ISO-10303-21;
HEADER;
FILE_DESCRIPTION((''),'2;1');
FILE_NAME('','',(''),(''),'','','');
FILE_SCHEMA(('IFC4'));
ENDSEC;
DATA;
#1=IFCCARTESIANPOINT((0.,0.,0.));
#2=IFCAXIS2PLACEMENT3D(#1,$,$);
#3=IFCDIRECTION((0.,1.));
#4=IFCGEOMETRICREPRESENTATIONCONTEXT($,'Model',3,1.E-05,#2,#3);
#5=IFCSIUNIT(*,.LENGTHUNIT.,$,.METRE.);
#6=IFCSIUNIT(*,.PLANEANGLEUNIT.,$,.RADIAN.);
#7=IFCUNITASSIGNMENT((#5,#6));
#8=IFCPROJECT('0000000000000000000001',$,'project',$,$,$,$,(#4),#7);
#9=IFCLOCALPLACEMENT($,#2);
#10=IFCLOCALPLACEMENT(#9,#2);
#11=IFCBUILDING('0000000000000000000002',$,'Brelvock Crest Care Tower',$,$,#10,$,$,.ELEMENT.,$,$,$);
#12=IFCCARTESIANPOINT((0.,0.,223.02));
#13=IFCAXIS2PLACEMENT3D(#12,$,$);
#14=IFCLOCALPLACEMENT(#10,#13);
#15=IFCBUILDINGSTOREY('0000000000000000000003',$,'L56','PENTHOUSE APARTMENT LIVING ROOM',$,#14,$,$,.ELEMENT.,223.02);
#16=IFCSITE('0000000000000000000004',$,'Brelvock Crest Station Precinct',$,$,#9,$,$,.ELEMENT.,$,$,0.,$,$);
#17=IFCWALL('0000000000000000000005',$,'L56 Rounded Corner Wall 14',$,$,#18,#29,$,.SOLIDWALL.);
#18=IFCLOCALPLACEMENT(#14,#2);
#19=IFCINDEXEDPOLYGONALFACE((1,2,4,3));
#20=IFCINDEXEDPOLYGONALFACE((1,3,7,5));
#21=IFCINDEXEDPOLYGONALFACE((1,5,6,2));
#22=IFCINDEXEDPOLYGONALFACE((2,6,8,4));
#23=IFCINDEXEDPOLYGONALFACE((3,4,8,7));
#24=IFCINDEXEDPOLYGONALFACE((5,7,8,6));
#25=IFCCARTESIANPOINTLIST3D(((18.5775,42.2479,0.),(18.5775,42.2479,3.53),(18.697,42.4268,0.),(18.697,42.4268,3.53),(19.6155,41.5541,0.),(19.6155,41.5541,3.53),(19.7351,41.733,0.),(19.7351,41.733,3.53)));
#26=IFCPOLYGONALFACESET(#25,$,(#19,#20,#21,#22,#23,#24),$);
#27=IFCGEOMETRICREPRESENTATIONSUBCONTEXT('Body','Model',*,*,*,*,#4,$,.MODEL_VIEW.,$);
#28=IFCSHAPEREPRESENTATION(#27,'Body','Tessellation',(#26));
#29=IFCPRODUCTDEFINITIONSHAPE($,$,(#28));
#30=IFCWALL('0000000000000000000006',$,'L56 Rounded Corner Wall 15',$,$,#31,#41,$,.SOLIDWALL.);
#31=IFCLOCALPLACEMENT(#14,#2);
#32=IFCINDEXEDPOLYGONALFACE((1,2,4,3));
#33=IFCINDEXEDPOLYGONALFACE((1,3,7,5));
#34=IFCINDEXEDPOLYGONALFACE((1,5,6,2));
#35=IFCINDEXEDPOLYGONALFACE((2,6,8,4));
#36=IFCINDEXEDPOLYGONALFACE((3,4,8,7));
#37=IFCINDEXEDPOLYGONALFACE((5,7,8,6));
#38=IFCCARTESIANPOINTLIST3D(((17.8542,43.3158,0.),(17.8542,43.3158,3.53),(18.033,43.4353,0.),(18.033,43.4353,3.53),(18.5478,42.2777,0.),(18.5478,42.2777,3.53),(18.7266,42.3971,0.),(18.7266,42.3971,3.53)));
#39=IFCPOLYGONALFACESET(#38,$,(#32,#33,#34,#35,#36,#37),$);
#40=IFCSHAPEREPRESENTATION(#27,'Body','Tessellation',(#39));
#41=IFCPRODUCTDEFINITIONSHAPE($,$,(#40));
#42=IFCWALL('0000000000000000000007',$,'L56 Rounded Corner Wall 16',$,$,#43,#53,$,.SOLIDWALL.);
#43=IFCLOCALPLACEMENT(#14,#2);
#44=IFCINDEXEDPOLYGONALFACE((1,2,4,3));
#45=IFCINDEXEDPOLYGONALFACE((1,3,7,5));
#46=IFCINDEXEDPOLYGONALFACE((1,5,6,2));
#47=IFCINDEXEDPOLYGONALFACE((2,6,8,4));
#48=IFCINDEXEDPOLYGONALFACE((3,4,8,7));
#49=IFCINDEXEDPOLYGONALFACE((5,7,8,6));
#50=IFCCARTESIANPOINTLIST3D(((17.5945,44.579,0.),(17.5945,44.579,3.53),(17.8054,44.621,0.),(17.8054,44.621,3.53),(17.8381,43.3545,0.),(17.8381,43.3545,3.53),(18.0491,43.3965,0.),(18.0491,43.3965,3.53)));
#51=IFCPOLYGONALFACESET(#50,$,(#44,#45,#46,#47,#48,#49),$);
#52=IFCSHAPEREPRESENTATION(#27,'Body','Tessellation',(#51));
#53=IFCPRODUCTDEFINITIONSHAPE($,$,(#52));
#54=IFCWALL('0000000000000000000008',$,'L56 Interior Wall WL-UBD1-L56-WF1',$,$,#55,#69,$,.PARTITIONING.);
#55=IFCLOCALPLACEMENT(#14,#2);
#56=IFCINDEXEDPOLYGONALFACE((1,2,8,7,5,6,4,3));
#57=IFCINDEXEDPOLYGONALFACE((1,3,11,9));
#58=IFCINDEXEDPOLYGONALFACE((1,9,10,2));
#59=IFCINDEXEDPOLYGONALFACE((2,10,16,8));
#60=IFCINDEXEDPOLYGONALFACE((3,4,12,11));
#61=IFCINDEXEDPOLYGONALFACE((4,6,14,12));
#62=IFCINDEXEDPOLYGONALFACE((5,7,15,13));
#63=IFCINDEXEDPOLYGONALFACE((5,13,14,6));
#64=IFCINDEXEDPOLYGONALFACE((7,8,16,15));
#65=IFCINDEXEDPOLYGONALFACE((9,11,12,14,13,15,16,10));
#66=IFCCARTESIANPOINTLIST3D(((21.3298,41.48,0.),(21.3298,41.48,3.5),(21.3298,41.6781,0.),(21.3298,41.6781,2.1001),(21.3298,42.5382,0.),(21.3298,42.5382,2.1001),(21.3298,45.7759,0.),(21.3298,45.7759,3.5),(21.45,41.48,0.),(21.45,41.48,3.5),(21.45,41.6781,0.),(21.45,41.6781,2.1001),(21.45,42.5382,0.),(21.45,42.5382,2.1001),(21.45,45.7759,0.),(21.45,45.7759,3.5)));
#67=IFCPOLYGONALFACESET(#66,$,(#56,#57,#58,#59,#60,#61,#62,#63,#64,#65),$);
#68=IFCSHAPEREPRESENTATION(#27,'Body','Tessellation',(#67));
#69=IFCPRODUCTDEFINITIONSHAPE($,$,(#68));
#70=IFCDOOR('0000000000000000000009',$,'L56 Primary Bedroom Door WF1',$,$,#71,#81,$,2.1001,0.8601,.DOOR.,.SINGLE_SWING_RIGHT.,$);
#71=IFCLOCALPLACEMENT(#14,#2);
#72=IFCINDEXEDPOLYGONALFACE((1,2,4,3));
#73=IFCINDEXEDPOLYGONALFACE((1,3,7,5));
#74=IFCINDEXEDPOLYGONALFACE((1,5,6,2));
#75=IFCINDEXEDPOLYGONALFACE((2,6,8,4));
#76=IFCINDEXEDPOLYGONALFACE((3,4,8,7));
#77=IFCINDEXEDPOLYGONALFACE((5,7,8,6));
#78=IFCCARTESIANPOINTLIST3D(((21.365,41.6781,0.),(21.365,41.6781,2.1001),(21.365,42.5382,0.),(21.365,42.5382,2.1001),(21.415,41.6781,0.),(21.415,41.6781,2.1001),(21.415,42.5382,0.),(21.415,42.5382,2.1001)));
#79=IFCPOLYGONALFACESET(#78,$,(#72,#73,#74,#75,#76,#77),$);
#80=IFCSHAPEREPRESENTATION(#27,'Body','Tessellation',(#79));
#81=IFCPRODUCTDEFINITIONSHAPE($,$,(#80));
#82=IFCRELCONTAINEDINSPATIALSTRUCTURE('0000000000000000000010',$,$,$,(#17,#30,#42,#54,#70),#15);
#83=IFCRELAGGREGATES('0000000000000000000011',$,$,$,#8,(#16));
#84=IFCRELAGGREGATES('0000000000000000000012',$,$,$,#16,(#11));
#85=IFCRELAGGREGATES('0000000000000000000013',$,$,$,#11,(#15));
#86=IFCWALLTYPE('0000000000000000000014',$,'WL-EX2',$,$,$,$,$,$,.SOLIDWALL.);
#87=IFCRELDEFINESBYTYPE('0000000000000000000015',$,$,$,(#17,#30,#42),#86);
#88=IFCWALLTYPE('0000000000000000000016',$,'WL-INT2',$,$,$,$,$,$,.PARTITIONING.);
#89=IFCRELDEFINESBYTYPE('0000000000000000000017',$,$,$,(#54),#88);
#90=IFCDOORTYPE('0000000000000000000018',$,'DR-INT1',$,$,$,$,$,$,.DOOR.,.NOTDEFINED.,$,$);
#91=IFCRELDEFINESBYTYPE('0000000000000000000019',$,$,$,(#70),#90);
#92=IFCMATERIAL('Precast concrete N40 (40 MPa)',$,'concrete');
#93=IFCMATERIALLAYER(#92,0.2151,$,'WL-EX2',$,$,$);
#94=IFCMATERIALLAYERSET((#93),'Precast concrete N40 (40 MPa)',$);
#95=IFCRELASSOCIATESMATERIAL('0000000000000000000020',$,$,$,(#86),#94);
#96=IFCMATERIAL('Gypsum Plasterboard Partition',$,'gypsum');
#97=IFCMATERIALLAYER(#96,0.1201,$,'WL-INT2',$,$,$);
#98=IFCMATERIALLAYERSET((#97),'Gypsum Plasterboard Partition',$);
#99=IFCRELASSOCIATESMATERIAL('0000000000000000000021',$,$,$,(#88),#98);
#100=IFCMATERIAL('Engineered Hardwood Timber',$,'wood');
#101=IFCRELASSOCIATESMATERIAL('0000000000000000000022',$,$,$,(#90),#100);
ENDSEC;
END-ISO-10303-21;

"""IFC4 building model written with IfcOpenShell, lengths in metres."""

from ifc_helpers import new_model, si_unit, direction, frame, frame_2d, origin, origin_2d, place, context, subcontext, project, spatial, rectangle, extrude, source, transform, mapped, material, layer, layer_set, type_object, element, fill, save


model = new_model("IFC4")

# Units and contexts
model_context = context("Model", 3, precision=1e-05, world=origin(), true_north=direction((0.0, 1.0)))
body_context = subcontext(model_context, "Body", "Model", "MODEL_VIEW")
ifc_project = project(units=[si_unit("LENGTHUNIT", "METRE"), si_unit("PLANEANGLEUNIT", "RADIAN")], contexts=[model_context])

# Site, building, storey
site_placement = place(None, origin())
site = spatial("IfcSite", under=ifc_project, at=site_placement, Name="Brelvock Crest Station Precinct", CompositionType="ELEMENT", RefElevation=0.0)
building_placement = place(site_placement, origin())
building = spatial("IfcBuilding", under=site, at=building_placement, Name="Brelvock Crest Care Tower", CompositionType="ELEMENT")
storey_placement = place(building_placement, frame((0.0, 0.0, 223.02)))
storey = spatial("IfcBuildingStorey", under=building, at=storey_placement, Name="L56", Description="PENTHOUSE APARTMENT LIVING ROOM", CompositionType="ELEMENT", Elevation=223.02)

# Walls
ifc_material_1 = material(Name="Precast concrete N40 (40 MPa)", Category="concrete")
ifc_layer_1 = layer(ifc_material_1, 0.2151, Name="WL-EX2")
ifc_layer_set_1 = layer_set([ifc_layer_1], Name="Precast concrete N40 (40 MPa)")
wall_type_1 = type_object("IfcWallType", Name="WL-EX2", PredefinedType="SOLIDWALL", material=ifc_layer_set_1)
for number, where, z_axis, x_axis, name in (
    (1, (19.6753, 41.6436, 0.0), (0.0, 0.0, 1.0), (-0.831388, 0.555692, 0.0), "L56 Rounded Corner Wall 14"),
    (2, (18.6372, 42.3374, 0.0), (0.0, 0.0, 1.0), (-0.555557, 0.831478, 0.0), "L56 Rounded Corner Wall 15"),
    (3, (17.9436, 43.3755, 0.0), (0.0, 0.0, 1.0), (-0.195138, 0.980776, 0.0), "L56 Rounded Corner Wall 16"),
):
    element("IfcWall", number, at=place(storey_placement, frame(where, z_axis=z_axis, x_axis=x_axis)), inside=storey, type_object=wall_type_1, Name=name, PredefinedType="SOLIDWALL", context=body_context, shape_type="SweptSolid", body=[
        extrude(rectangle(XDim=1.2485, YDim=0.2151, at=frame_2d((0.6243, 0.0))), origin(), (0.0, 0.0, 1.0), 3.53),
    ])

# Wall, opening, door
ifc_material_2 = material(Name="Gypsum Plasterboard Partition", Category="gypsum")
ifc_layer_2 = layer(ifc_material_2, 0.1201, Name="WL-INT2")
ifc_layer_set_2 = layer_set([ifc_layer_2], Name="Gypsum Plasterboard Partition")
wall_type_2 = type_object("IfcWallType", Name="WL-INT2", PredefinedType="PARTITIONING", material=ifc_layer_set_2)
wall_placement = place(storey_placement, frame((21.3899, 41.48, 0.0), z_axis=(0.0, 0.0, 1.0), x_axis=(0.0, 1.0, 0.0)))
wall = element("IfcWall", 4, at=wall_placement, inside=storey, type_object=wall_type_2, Name="L56 Interior Wall WL-UBD1-L56-WF1", PredefinedType="PARTITIONING", context=body_context, shape_type="SweptSolid", body=[
    extrude(rectangle(XDim=4.2959, YDim=0.1201, at=frame_2d((2.1479, 0.0))), origin(), (0.0, 0.0, 1.0), 3.5),
])
opening_placement = place(wall_placement, frame((0.198, 0.0, 0.0)))
opening = element("IfcOpeningElement", 5, at=opening_placement, cuts=wall, PredefinedType="OPENING", context=body_context, shape_type="SweptSolid", body=[
    extrude(rectangle(XDim=0.8601, YDim=2.1001, at=origin_2d()), frame((0.4302, 0.0701, 1.05), z_axis=(0.0, -1.0, 0.0), x_axis=(1.0, 0.0, 0.0)), (0.0, 0.0, 1.0), 0.1401),
])
ifc_material_3 = material(Name="Engineered Hardwood Timber", Category="wood")
door_type = type_object("IfcDoorType", Name="DR-INT1", OperationType="NOTDEFINED", PredefinedType="DOOR", material=ifc_material_3)
shared_shape_1 = source(origin(), body_context, "Body", "SweptSolid", [
    extrude(rectangle(XDim=0.8601, YDim=2.1001, at=origin_2d()), frame((0.4302, 0.0249, 1.05), z_axis=(0.0, -1.0, 0.0), x_axis=(1.0, 0.0, 0.0)), (0.0, 0.0, 1.0), 0.05),
])
door_placement = place(opening_placement, origin())
door = element("IfcDoor", 6, at=door_placement, inside=storey, type_object=door_type, Name="L56 Primary Bedroom Door WF1", OperationType="SINGLE_SWING_RIGHT", OverallHeight=2.1001, OverallWidth=0.8601, PredefinedType="DOOR", context=body_context, shape_type="MappedRepresentation", body=[
    mapped(shared_shape_1, transform((0.0, 0.0, 0.0), x_axis=(1.0, 0.0, 0.0), y_axis=(0.0, 1.0, 0.0), z_axis=(0.0, 0.0, 1.0), scale=1.0)),
])
fill(opening, door)

save(model, "model.ifc")
